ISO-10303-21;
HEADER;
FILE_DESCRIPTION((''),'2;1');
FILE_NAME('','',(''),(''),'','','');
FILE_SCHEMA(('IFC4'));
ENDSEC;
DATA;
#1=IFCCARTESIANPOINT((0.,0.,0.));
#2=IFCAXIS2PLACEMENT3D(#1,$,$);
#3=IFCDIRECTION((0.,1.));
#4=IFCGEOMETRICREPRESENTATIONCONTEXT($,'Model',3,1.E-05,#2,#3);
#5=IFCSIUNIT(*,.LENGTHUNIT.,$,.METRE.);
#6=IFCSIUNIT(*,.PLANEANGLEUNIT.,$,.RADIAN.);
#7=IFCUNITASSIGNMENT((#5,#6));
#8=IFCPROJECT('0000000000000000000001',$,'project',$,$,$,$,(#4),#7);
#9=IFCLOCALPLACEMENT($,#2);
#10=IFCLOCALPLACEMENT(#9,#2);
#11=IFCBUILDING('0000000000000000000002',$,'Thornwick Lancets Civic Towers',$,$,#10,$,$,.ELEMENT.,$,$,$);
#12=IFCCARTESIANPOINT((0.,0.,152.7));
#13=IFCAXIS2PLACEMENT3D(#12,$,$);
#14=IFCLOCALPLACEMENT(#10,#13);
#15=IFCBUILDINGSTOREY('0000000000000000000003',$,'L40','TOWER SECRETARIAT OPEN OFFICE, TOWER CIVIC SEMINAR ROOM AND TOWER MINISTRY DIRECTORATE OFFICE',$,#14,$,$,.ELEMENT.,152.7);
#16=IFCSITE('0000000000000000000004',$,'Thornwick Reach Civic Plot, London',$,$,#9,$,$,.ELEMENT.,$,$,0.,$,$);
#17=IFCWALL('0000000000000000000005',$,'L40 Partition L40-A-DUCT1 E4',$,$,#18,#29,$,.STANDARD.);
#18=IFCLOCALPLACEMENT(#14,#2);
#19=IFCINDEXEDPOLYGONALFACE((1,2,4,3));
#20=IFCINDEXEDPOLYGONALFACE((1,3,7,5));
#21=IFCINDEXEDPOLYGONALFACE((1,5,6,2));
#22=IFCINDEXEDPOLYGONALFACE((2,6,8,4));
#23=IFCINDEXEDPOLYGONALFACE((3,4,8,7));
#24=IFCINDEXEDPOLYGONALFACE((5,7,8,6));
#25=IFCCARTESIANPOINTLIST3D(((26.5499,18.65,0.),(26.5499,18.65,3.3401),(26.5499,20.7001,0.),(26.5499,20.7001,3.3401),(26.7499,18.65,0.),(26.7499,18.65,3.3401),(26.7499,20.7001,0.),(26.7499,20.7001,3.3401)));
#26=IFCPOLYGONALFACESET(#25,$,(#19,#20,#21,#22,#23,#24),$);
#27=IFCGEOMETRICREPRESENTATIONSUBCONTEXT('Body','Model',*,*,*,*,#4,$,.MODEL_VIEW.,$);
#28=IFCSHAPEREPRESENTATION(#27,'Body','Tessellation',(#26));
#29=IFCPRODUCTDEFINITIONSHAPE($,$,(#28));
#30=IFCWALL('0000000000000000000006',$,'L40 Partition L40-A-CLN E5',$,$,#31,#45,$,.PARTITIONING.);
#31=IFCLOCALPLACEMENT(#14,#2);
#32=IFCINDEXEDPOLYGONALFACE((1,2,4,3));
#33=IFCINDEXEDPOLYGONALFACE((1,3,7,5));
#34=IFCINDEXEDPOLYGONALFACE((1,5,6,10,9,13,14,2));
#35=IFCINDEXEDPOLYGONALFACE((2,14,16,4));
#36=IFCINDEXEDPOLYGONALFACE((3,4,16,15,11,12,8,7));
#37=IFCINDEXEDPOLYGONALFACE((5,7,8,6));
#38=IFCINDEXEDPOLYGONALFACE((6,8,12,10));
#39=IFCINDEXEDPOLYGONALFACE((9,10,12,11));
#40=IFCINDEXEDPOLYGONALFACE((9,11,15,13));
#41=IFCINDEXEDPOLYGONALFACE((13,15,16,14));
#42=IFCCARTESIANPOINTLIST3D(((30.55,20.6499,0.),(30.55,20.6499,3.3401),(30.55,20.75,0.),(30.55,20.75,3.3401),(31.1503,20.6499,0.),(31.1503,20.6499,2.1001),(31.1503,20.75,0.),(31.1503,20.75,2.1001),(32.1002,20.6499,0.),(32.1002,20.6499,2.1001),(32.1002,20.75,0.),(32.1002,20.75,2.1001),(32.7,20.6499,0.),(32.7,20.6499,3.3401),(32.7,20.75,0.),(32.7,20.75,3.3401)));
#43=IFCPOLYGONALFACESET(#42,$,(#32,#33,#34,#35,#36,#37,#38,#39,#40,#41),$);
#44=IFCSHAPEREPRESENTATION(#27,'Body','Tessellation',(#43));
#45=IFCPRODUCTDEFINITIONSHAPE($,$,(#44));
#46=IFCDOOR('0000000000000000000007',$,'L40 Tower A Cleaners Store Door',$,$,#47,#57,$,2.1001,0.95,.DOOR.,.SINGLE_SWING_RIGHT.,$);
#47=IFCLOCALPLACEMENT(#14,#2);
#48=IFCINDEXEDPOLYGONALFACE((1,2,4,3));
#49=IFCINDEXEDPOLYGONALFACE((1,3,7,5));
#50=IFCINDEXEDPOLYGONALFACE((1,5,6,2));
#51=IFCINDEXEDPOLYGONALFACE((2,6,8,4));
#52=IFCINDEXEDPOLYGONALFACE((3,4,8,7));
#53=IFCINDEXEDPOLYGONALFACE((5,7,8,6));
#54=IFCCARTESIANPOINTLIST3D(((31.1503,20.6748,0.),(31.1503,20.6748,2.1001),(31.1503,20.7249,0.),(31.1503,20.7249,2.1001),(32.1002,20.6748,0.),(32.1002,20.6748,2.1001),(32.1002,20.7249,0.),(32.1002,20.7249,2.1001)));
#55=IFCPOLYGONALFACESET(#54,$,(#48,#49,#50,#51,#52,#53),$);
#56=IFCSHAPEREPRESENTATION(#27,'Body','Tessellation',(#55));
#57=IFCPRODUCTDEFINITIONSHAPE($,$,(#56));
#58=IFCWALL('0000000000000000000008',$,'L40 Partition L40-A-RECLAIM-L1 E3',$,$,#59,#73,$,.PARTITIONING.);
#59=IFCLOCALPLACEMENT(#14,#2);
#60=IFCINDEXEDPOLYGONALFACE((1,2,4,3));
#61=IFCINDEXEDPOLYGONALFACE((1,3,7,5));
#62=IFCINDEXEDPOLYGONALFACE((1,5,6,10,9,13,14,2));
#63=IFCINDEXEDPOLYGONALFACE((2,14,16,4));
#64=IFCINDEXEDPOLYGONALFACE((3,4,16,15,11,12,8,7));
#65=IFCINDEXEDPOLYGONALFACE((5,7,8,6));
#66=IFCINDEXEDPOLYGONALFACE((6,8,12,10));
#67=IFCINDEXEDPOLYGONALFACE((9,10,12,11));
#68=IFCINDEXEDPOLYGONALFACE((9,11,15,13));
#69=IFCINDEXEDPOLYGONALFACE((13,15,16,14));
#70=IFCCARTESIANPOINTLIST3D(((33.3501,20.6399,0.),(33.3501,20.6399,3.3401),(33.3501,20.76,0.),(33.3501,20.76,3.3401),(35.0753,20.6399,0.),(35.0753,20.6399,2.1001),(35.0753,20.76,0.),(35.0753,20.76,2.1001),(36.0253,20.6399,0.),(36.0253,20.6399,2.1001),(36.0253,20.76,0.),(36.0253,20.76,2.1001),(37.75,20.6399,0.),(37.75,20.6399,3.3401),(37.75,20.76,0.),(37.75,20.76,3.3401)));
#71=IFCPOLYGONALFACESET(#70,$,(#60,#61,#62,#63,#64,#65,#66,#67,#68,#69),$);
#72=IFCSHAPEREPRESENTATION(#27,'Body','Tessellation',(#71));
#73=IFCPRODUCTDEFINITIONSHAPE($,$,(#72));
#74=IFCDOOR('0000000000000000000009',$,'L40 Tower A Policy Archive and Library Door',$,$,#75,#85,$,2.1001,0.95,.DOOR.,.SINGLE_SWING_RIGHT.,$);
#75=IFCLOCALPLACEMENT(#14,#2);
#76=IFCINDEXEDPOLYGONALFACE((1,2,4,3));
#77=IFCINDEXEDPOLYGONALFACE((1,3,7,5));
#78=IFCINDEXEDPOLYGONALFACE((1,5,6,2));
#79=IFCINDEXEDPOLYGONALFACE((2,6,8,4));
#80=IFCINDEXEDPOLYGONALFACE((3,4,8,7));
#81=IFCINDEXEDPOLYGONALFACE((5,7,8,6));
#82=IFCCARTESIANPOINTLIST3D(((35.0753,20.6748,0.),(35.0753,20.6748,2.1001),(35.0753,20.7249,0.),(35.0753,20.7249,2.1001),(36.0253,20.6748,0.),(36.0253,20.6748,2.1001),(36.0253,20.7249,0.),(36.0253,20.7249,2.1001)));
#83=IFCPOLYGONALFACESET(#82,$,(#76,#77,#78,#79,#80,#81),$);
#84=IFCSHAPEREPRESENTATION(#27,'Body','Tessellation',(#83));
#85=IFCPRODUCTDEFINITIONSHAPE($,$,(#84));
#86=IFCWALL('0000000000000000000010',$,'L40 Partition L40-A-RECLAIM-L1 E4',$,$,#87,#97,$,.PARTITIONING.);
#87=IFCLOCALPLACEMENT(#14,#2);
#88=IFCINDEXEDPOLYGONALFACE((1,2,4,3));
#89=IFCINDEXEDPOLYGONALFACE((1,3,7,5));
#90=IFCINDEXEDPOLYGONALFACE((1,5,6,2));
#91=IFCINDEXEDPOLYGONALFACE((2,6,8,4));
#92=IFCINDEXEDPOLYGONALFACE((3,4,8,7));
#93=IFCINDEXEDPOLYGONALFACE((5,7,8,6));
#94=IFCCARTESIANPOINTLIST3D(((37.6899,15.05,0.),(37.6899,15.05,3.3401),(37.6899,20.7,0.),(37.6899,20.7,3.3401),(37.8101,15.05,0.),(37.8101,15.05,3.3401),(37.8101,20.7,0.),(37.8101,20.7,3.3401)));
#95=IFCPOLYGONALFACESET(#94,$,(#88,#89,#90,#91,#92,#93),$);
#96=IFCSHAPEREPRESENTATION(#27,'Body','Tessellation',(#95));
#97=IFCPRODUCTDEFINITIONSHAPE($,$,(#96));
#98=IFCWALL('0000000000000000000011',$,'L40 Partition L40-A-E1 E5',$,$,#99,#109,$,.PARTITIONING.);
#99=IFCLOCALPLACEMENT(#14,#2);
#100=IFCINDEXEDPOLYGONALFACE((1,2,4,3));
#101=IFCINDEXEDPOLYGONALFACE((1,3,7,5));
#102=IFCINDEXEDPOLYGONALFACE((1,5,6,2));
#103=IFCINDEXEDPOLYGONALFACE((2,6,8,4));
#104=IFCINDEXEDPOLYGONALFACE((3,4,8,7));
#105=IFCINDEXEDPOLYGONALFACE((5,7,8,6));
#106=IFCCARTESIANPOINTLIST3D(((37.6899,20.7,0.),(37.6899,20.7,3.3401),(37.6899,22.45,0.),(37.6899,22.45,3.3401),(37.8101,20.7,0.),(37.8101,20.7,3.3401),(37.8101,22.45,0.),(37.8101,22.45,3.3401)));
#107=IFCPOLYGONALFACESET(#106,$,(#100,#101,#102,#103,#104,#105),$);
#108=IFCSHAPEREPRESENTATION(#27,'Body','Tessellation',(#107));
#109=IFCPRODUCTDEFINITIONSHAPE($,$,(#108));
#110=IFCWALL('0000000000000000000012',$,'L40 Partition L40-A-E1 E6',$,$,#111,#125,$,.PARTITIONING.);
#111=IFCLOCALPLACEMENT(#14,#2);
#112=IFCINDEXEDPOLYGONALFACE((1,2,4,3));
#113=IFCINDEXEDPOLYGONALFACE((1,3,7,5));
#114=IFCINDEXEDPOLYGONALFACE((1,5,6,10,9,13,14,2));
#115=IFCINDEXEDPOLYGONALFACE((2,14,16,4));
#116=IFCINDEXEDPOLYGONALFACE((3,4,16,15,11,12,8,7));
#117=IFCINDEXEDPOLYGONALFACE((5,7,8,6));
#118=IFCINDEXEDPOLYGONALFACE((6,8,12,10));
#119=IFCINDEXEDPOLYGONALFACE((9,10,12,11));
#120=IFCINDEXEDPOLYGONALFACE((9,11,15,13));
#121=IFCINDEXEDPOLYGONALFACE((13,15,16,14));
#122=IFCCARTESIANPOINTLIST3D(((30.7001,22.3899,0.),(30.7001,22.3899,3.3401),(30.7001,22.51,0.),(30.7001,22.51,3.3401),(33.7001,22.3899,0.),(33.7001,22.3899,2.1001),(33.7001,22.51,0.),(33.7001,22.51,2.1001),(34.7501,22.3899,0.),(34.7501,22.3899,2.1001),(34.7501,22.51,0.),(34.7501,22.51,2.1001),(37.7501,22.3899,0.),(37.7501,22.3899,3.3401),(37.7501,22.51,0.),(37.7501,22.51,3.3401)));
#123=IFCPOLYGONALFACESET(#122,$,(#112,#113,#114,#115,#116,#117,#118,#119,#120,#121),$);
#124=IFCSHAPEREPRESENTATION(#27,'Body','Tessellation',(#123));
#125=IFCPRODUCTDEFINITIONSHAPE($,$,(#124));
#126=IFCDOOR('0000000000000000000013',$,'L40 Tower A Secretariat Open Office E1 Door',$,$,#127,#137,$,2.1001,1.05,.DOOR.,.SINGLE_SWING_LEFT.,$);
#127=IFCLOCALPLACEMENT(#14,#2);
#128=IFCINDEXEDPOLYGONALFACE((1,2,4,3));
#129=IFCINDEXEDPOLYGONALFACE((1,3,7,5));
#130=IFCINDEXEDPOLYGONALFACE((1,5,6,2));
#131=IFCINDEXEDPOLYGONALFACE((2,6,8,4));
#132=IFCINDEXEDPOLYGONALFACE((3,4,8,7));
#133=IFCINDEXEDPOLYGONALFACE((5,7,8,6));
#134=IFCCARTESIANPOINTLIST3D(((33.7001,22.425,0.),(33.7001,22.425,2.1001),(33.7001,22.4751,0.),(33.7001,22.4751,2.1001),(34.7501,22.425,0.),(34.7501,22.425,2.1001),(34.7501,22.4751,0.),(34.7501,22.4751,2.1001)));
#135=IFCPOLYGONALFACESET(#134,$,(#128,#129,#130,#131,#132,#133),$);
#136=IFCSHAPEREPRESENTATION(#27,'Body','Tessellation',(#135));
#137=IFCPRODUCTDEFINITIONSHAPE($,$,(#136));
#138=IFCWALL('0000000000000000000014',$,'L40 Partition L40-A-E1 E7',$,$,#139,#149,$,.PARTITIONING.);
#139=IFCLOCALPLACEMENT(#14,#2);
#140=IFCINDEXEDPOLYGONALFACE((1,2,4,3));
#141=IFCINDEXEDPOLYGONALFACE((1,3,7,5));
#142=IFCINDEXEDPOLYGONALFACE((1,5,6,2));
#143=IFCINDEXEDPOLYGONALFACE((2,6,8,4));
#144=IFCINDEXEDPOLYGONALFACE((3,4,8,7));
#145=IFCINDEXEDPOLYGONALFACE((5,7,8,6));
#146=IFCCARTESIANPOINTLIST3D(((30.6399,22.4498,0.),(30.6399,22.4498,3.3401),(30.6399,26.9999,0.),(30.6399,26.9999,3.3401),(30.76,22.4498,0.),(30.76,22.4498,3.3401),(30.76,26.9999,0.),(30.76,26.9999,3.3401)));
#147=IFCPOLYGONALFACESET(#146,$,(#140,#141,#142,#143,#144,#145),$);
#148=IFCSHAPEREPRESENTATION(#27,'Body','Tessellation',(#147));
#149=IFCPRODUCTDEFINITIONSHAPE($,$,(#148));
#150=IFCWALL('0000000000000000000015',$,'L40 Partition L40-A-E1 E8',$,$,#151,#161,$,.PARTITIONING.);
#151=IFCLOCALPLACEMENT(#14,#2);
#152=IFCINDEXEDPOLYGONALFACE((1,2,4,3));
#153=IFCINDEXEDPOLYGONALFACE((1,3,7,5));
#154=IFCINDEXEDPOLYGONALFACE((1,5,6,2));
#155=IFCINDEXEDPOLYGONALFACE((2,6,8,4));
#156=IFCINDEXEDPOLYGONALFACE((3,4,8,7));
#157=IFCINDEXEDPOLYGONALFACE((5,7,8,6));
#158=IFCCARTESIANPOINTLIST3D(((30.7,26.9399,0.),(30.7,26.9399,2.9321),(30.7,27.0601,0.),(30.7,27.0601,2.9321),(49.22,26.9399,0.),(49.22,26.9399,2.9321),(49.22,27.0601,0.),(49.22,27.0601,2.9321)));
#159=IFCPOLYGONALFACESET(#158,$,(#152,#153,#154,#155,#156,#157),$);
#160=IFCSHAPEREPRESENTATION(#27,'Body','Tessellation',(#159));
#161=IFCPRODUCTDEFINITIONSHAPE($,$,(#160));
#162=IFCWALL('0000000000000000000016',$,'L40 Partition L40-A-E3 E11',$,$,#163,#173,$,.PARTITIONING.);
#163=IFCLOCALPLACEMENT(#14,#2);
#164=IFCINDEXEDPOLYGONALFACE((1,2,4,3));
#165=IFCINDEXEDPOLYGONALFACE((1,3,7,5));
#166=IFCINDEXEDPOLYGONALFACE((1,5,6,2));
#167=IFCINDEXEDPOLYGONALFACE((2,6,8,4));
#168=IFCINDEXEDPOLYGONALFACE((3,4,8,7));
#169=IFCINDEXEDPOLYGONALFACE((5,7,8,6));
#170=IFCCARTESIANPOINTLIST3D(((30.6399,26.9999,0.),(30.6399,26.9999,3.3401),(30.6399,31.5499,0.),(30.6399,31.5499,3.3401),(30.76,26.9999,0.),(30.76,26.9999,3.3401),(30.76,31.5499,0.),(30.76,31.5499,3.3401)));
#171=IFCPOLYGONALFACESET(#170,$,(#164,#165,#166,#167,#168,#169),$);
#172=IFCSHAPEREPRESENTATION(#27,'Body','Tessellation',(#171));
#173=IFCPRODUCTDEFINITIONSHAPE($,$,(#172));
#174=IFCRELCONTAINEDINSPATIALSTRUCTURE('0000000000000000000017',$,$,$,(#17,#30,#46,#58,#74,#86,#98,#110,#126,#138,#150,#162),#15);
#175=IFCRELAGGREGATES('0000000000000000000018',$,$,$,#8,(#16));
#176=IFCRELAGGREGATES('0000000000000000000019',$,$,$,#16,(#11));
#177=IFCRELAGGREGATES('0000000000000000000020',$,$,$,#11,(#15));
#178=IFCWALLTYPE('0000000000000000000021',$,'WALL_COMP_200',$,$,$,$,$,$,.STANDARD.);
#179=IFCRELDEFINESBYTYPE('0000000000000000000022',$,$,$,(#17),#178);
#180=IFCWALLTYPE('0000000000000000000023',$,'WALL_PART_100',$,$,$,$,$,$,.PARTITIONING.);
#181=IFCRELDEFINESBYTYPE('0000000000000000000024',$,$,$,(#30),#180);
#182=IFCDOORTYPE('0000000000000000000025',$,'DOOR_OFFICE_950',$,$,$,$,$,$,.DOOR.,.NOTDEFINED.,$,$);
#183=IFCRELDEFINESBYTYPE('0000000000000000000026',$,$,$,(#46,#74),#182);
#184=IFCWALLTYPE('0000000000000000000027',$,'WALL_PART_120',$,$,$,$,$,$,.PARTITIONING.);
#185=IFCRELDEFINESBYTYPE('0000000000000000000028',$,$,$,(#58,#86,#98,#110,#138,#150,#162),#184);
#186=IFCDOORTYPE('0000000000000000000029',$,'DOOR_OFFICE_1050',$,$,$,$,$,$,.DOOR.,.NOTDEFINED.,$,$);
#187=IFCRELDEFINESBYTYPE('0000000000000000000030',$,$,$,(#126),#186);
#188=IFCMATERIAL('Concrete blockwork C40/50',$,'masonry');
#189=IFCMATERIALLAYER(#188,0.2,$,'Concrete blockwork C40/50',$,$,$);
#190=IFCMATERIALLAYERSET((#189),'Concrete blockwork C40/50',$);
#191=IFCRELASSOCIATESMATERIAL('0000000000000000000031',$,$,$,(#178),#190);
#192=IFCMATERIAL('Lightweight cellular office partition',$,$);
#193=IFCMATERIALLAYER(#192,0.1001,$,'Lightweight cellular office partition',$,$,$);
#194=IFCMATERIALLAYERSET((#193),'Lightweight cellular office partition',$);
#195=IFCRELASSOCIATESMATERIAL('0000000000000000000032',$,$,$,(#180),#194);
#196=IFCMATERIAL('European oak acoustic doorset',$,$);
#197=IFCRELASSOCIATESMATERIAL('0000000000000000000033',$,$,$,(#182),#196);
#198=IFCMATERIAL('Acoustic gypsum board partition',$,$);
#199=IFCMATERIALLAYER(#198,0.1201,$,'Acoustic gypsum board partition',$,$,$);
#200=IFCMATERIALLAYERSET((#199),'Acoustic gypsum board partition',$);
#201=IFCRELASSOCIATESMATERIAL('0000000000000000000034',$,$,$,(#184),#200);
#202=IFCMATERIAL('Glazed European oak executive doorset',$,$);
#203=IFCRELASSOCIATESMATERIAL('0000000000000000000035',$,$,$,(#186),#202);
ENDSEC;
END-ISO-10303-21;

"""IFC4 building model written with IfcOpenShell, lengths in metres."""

from ifc_helpers import new_model, si_unit, direction, frame, frame_2d, origin, place, context, subcontext, project, spatial, rectangle, extrude, material, layer, layer_set, type_object, element, fill, save


model = new_model("IFC4")

# Units and contexts
model_context = context("Model", 3, precision=1e-05, world=origin(), true_north=direction((0.0, 1.0)))
body_context = subcontext(model_context, "Body", "Model", "MODEL_VIEW")
ifc_project = project(units=[si_unit("LENGTHUNIT", "METRE"), si_unit("PLANEANGLEUNIT", "RADIAN")], contexts=[model_context])

# Site, building, storey
site_placement = place(None, origin())
site = spatial("IfcSite", under=ifc_project, at=site_placement, Name="Thornwick Reach Civic Plot, London", CompositionType="ELEMENT", RefElevation=0.0)
building_placement = place(site_placement, origin())
building = spatial("IfcBuilding", under=site, at=building_placement, Name="Thornwick Lancets Civic Towers", CompositionType="ELEMENT")
storey_placement = place(building_placement, frame((0.0, 0.0, 152.7)))
storey = spatial("IfcBuildingStorey", under=building, at=storey_placement, Name="L40", Description="TOWER SECRETARIAT OPEN OFFICE, TOWER CIVIC SEMINAR ROOM AND TOWER MINISTRY DIRECTORATE OFFICE", CompositionType="ELEMENT", Elevation=152.7)

# Shared definitions
ifc_material_1 = material(Name="Concrete blockwork C40/50", Category="masonry")
ifc_layer_1 = layer(ifc_material_1, 0.2, Name="Concrete blockwork C40/50")
ifc_layer_set_1 = layer_set([ifc_layer_1], Name="Concrete blockwork C40/50")
wall_type_1 = type_object("IfcWallType", Name="WALL_COMP_200", PredefinedType="STANDARD", material=ifc_layer_set_1)

# Wall
wall_1_placement = place(storey_placement, frame((26.6499, 20.7, 0.0), z_axis=(0.0, 0.0, 1.0), x_axis=(0.0, -1.0, 0.0)))
element("IfcWall", 1, at=wall_1_placement, inside=storey, type_object=wall_type_1, Name="L40 Partition L40-A-DUCT1 E4", PredefinedType="STANDARD", context=body_context, shape_type="SweptSolid", body=[
    extrude(rectangle(XDim=2.05, YDim=0.2, at=frame_2d((1.0249, 0.0))), origin(), (0.0, 0.0, 1.0), 3.3401),
])

# Walls, openings, doors
ifc_material_2 = material(Name="Lightweight cellular office partition")
ifc_layer_2 = layer(ifc_material_2, 0.1001, Name="Lightweight cellular office partition")
ifc_layer_set_2 = layer_set([ifc_layer_2], Name="Lightweight cellular office partition")
wall_type_2 = type_object("IfcWallType", Name="WALL_PART_100", PredefinedType="PARTITIONING", material=ifc_layer_set_2)
wall_2_placement = place(storey_placement, frame((30.55, 20.7, 0.0), z_axis=(0.0, 0.0, 1.0), x_axis=(1.0, 0.0, 0.0)))
wall_2 = element("IfcWall", 2, at=wall_2_placement, inside=storey, type_object=wall_type_2, Name="L40 Partition L40-A-CLN E5", PredefinedType="PARTITIONING", context=body_context, shape_type="SweptSolid", body=[
    extrude(rectangle(XDim=2.1499, YDim=0.1001, at=frame_2d((1.075, 0.0))), origin(), (0.0, 0.0, 1.0), 3.3401),
])
opening_1_placement = place(wall_2_placement, frame((0.6001, 0.0, 0.0)))
opening_1 = element("IfcOpeningElement", 3, at=opening_1_placement, cuts=wall_2, PredefinedType="OPENING", context=body_context, shape_type="SweptSolid", body=[
    extrude(rectangle(XDim=0.95, YDim=2.1001, at=frame_2d((0.4751, 1.05))), frame((0.0, 0.0601, 0.0), z_axis=(0.0, -1.0, 0.0), x_axis=(1.0, 0.0, 0.0)), (0.0, 0.0, 1.0), 0.1201),
])
ifc_material_3 = material(Name="European oak acoustic doorset")
door_type_1 = type_object("IfcDoorType", Name="DOOR_OFFICE_950", OperationType="NOTDEFINED", PredefinedType="DOOR", material=ifc_material_3)
door_1_placement = place(opening_1_placement, origin())
door_1 = element("IfcDoor", 4, at=door_1_placement, inside=storey, type_object=door_type_1, Name="L40 Tower A Cleaners Store Door", OperationType="SINGLE_SWING_RIGHT", OverallHeight=2.1001, OverallWidth=0.95, PredefinedType="DOOR", context=body_context, shape_type="SweptSolid", body=[
    extrude(rectangle(XDim=0.95, YDim=2.1001, at=frame_2d((0.4751, 1.05))), frame((0.0, 0.0249, 0.0), z_axis=(0.0, -1.0, 0.0), x_axis=(1.0, 0.0, 0.0)), (0.0, 0.0, 1.0), 0.05),
])
fill(opening_1, door_1)
ifc_material_4 = material(Name="Acoustic gypsum board partition")
ifc_layer_3 = layer(ifc_material_4, 0.1201, Name="Acoustic gypsum board partition")
ifc_layer_set_3 = layer_set([ifc_layer_3], Name="Acoustic gypsum board partition")
wall_type_3 = type_object("IfcWallType", Name="WALL_PART_120", PredefinedType="PARTITIONING", material=ifc_layer_set_3)
wall_3_placement = place(storey_placement, frame((33.3501, 20.7, 0.0), z_axis=(0.0, 0.0, 1.0), x_axis=(1.0, 0.0, 0.0)))
wall_3 = element("IfcWall", 5, at=wall_3_placement, inside=storey, type_object=wall_type_3, Name="L40 Partition L40-A-RECLAIM-L1 E3", PredefinedType="PARTITIONING", context=body_context, shape_type="SweptSolid", body=[
    extrude(rectangle(XDim=4.3999, YDim=0.1201, at=frame_2d((2.2, 0.0))), origin(), (0.0, 0.0, 1.0), 3.3401),
])
opening_2_placement = place(wall_3_placement, frame((1.7251, 0.0, 0.0)))
opening_2 = element("IfcOpeningElement", 6, at=opening_2_placement, cuts=wall_3, PredefinedType="OPENING", context=body_context, shape_type="SweptSolid", body=[
    extrude(rectangle(XDim=0.95, YDim=2.1001, at=frame_2d((0.4751, 1.05))), frame((0.0, 0.0701, 0.0), z_axis=(0.0, -1.0, 0.0), x_axis=(1.0, 0.0, 0.0)), (0.0, 0.0, 1.0), 0.1401),
])
door_2_placement = place(opening_2_placement, origin())
door_2 = element("IfcDoor", 7, at=door_2_placement, inside=storey, type_object=door_type_1, Name="L40 Tower A Policy Archive and Library Door", OperationType="SINGLE_SWING_RIGHT", OverallHeight=2.1001, OverallWidth=0.95, PredefinedType="DOOR", context=body_context, shape_type="SweptSolid", body=[
    extrude(rectangle(XDim=0.95, YDim=2.1001, at=frame_2d((0.4751, 1.05))), frame((0.0, 0.0249, 0.0), z_axis=(0.0, -1.0, 0.0), x_axis=(1.0, 0.0, 0.0)), (0.0, 0.0, 1.0), 0.05),
])
fill(opening_2, door_2)

# Walls
wall_4_placement = place(storey_placement, frame((37.75, 20.7, 0.0), z_axis=(0.0, 0.0, 1.0), x_axis=(0.0, -1.0, 0.0)))
element("IfcWall", 8, at=wall_4_placement, inside=storey, type_object=wall_type_3, Name="L40 Partition L40-A-RECLAIM-L1 E4", PredefinedType="PARTITIONING", context=body_context, shape_type="SweptSolid", body=[
    extrude(rectangle(XDim=5.6499, YDim=0.1201, at=frame_2d((2.825, 0.0))), origin(), (0.0, 0.0, 1.0), 3.3401),
])
wall_5_placement = place(storey_placement, frame((37.75, 20.7, 0.0), z_axis=(0.0, 0.0, 1.0), x_axis=(0.0, 1.0, 0.0)))
element("IfcWall", 9, at=wall_5_placement, inside=storey, type_object=wall_type_3, Name="L40 Partition L40-A-E1 E5", PredefinedType="PARTITIONING", context=body_context, shape_type="SweptSolid", body=[
    extrude(rectangle(XDim=1.75, YDim=0.1201, at=frame_2d((0.875, 0.0))), origin(), (0.0, 0.0, 1.0), 3.3401),
])

# Wall, opening, door
wall_6_placement = place(storey_placement, frame((37.75, 22.45, 0.0), z_axis=(0.0, 0.0, 1.0), x_axis=(-1.0, 0.0, 0.0)))
wall_6 = element("IfcWall", 10, at=wall_6_placement, inside=storey, type_object=wall_type_3, Name="L40 Partition L40-A-E1 E6", PredefinedType="PARTITIONING", context=body_context, shape_type="SweptSolid", body=[
    extrude(rectangle(XDim=7.05, YDim=0.1201, at=frame_2d((3.5249, 0.0))), origin(), (0.0, 0.0, 1.0), 3.3401),
])
opening_3_placement = place(wall_6_placement, frame((3.0, 0.0, 0.0)))
opening_3 = element("IfcOpeningElement", 11, at=opening_3_placement, cuts=wall_6, PredefinedType="OPENING", context=body_context, shape_type="SweptSolid", body=[
    extrude(rectangle(XDim=1.05, YDim=2.1001, at=frame_2d((0.5249, 1.05))), frame((0.0, 0.0701, 0.0), z_axis=(0.0, -1.0, 0.0), x_axis=(1.0, 0.0, 0.0)), (0.0, 0.0, 1.0), 0.1401),
])
ifc_material_5 = material(Name="Glazed European oak executive doorset")
door_type_2 = type_object("IfcDoorType", Name="DOOR_OFFICE_1050", OperationType="NOTDEFINED", PredefinedType="DOOR", material=ifc_material_5)
door_3_placement = place(opening_3_placement, origin())
door_3 = element("IfcDoor", 12, at=door_3_placement, inside=storey, type_object=door_type_2, Name="L40 Tower A Secretariat Open Office E1 Door", OperationType="SINGLE_SWING_LEFT", OverallHeight=2.1001, OverallWidth=1.05, PredefinedType="DOOR", context=body_context, shape_type="SweptSolid", body=[
    extrude(rectangle(XDim=1.05, YDim=2.1001, at=frame_2d((0.5249, 1.05))), frame((0.0, 0.0249, 0.0), z_axis=(0.0, -1.0, 0.0), x_axis=(1.0, 0.0, 0.0)), (0.0, 0.0, 1.0), 0.05),
])
fill(opening_3, door_3)

# Walls
wall_7_placement = place(storey_placement, frame((30.7, 22.45, 0.0), z_axis=(0.0, 0.0, 1.0), x_axis=(0.0, 1.0, 0.0)))
element("IfcWall", 13, at=wall_7_placement, inside=storey, type_object=wall_type_3, Name="L40 Partition L40-A-E1 E7", PredefinedType="PARTITIONING", context=body_context, shape_type="SweptSolid", body=[
    extrude(rectangle(XDim=4.55, YDim=0.1201, at=frame_2d((2.2749, 0.0))), origin(), (0.0, 0.0, 1.0), 3.3401),
])
wall_8_placement = place(storey_placement, frame((30.7, 27.0, 0.0), z_axis=(0.0, 0.0, 1.0), x_axis=(1.0, 0.0, 0.0)))
element("IfcWall", 14, at=wall_8_placement, inside=storey, type_object=wall_type_3, Name="L40 Partition L40-A-E1 E8", PredefinedType="PARTITIONING", context=body_context, shape_type="SweptSolid", body=[
    extrude(rectangle(XDim=18.52, YDim=0.1201, at=frame_2d((9.26, 0.0))), origin(), (0.0, 0.0, 1.0), 2.9321),
])
wall_9_placement = place(storey_placement, frame((30.7, 27.0, 0.0), z_axis=(0.0, 0.0, 1.0), x_axis=(0.0, 1.0, 0.0)))
element("IfcWall", 15, at=wall_9_placement, inside=storey, type_object=wall_type_3, Name="L40 Partition L40-A-E3 E11", PredefinedType="PARTITIONING", context=body_context, shape_type="SweptSolid", body=[
    extrude(rectangle(XDim=4.55, YDim=0.1201, at=frame_2d((2.2749, 0.0))), origin(), (0.0, 0.0, 1.0), 3.3401),
])

save(model, "model.ifc")
